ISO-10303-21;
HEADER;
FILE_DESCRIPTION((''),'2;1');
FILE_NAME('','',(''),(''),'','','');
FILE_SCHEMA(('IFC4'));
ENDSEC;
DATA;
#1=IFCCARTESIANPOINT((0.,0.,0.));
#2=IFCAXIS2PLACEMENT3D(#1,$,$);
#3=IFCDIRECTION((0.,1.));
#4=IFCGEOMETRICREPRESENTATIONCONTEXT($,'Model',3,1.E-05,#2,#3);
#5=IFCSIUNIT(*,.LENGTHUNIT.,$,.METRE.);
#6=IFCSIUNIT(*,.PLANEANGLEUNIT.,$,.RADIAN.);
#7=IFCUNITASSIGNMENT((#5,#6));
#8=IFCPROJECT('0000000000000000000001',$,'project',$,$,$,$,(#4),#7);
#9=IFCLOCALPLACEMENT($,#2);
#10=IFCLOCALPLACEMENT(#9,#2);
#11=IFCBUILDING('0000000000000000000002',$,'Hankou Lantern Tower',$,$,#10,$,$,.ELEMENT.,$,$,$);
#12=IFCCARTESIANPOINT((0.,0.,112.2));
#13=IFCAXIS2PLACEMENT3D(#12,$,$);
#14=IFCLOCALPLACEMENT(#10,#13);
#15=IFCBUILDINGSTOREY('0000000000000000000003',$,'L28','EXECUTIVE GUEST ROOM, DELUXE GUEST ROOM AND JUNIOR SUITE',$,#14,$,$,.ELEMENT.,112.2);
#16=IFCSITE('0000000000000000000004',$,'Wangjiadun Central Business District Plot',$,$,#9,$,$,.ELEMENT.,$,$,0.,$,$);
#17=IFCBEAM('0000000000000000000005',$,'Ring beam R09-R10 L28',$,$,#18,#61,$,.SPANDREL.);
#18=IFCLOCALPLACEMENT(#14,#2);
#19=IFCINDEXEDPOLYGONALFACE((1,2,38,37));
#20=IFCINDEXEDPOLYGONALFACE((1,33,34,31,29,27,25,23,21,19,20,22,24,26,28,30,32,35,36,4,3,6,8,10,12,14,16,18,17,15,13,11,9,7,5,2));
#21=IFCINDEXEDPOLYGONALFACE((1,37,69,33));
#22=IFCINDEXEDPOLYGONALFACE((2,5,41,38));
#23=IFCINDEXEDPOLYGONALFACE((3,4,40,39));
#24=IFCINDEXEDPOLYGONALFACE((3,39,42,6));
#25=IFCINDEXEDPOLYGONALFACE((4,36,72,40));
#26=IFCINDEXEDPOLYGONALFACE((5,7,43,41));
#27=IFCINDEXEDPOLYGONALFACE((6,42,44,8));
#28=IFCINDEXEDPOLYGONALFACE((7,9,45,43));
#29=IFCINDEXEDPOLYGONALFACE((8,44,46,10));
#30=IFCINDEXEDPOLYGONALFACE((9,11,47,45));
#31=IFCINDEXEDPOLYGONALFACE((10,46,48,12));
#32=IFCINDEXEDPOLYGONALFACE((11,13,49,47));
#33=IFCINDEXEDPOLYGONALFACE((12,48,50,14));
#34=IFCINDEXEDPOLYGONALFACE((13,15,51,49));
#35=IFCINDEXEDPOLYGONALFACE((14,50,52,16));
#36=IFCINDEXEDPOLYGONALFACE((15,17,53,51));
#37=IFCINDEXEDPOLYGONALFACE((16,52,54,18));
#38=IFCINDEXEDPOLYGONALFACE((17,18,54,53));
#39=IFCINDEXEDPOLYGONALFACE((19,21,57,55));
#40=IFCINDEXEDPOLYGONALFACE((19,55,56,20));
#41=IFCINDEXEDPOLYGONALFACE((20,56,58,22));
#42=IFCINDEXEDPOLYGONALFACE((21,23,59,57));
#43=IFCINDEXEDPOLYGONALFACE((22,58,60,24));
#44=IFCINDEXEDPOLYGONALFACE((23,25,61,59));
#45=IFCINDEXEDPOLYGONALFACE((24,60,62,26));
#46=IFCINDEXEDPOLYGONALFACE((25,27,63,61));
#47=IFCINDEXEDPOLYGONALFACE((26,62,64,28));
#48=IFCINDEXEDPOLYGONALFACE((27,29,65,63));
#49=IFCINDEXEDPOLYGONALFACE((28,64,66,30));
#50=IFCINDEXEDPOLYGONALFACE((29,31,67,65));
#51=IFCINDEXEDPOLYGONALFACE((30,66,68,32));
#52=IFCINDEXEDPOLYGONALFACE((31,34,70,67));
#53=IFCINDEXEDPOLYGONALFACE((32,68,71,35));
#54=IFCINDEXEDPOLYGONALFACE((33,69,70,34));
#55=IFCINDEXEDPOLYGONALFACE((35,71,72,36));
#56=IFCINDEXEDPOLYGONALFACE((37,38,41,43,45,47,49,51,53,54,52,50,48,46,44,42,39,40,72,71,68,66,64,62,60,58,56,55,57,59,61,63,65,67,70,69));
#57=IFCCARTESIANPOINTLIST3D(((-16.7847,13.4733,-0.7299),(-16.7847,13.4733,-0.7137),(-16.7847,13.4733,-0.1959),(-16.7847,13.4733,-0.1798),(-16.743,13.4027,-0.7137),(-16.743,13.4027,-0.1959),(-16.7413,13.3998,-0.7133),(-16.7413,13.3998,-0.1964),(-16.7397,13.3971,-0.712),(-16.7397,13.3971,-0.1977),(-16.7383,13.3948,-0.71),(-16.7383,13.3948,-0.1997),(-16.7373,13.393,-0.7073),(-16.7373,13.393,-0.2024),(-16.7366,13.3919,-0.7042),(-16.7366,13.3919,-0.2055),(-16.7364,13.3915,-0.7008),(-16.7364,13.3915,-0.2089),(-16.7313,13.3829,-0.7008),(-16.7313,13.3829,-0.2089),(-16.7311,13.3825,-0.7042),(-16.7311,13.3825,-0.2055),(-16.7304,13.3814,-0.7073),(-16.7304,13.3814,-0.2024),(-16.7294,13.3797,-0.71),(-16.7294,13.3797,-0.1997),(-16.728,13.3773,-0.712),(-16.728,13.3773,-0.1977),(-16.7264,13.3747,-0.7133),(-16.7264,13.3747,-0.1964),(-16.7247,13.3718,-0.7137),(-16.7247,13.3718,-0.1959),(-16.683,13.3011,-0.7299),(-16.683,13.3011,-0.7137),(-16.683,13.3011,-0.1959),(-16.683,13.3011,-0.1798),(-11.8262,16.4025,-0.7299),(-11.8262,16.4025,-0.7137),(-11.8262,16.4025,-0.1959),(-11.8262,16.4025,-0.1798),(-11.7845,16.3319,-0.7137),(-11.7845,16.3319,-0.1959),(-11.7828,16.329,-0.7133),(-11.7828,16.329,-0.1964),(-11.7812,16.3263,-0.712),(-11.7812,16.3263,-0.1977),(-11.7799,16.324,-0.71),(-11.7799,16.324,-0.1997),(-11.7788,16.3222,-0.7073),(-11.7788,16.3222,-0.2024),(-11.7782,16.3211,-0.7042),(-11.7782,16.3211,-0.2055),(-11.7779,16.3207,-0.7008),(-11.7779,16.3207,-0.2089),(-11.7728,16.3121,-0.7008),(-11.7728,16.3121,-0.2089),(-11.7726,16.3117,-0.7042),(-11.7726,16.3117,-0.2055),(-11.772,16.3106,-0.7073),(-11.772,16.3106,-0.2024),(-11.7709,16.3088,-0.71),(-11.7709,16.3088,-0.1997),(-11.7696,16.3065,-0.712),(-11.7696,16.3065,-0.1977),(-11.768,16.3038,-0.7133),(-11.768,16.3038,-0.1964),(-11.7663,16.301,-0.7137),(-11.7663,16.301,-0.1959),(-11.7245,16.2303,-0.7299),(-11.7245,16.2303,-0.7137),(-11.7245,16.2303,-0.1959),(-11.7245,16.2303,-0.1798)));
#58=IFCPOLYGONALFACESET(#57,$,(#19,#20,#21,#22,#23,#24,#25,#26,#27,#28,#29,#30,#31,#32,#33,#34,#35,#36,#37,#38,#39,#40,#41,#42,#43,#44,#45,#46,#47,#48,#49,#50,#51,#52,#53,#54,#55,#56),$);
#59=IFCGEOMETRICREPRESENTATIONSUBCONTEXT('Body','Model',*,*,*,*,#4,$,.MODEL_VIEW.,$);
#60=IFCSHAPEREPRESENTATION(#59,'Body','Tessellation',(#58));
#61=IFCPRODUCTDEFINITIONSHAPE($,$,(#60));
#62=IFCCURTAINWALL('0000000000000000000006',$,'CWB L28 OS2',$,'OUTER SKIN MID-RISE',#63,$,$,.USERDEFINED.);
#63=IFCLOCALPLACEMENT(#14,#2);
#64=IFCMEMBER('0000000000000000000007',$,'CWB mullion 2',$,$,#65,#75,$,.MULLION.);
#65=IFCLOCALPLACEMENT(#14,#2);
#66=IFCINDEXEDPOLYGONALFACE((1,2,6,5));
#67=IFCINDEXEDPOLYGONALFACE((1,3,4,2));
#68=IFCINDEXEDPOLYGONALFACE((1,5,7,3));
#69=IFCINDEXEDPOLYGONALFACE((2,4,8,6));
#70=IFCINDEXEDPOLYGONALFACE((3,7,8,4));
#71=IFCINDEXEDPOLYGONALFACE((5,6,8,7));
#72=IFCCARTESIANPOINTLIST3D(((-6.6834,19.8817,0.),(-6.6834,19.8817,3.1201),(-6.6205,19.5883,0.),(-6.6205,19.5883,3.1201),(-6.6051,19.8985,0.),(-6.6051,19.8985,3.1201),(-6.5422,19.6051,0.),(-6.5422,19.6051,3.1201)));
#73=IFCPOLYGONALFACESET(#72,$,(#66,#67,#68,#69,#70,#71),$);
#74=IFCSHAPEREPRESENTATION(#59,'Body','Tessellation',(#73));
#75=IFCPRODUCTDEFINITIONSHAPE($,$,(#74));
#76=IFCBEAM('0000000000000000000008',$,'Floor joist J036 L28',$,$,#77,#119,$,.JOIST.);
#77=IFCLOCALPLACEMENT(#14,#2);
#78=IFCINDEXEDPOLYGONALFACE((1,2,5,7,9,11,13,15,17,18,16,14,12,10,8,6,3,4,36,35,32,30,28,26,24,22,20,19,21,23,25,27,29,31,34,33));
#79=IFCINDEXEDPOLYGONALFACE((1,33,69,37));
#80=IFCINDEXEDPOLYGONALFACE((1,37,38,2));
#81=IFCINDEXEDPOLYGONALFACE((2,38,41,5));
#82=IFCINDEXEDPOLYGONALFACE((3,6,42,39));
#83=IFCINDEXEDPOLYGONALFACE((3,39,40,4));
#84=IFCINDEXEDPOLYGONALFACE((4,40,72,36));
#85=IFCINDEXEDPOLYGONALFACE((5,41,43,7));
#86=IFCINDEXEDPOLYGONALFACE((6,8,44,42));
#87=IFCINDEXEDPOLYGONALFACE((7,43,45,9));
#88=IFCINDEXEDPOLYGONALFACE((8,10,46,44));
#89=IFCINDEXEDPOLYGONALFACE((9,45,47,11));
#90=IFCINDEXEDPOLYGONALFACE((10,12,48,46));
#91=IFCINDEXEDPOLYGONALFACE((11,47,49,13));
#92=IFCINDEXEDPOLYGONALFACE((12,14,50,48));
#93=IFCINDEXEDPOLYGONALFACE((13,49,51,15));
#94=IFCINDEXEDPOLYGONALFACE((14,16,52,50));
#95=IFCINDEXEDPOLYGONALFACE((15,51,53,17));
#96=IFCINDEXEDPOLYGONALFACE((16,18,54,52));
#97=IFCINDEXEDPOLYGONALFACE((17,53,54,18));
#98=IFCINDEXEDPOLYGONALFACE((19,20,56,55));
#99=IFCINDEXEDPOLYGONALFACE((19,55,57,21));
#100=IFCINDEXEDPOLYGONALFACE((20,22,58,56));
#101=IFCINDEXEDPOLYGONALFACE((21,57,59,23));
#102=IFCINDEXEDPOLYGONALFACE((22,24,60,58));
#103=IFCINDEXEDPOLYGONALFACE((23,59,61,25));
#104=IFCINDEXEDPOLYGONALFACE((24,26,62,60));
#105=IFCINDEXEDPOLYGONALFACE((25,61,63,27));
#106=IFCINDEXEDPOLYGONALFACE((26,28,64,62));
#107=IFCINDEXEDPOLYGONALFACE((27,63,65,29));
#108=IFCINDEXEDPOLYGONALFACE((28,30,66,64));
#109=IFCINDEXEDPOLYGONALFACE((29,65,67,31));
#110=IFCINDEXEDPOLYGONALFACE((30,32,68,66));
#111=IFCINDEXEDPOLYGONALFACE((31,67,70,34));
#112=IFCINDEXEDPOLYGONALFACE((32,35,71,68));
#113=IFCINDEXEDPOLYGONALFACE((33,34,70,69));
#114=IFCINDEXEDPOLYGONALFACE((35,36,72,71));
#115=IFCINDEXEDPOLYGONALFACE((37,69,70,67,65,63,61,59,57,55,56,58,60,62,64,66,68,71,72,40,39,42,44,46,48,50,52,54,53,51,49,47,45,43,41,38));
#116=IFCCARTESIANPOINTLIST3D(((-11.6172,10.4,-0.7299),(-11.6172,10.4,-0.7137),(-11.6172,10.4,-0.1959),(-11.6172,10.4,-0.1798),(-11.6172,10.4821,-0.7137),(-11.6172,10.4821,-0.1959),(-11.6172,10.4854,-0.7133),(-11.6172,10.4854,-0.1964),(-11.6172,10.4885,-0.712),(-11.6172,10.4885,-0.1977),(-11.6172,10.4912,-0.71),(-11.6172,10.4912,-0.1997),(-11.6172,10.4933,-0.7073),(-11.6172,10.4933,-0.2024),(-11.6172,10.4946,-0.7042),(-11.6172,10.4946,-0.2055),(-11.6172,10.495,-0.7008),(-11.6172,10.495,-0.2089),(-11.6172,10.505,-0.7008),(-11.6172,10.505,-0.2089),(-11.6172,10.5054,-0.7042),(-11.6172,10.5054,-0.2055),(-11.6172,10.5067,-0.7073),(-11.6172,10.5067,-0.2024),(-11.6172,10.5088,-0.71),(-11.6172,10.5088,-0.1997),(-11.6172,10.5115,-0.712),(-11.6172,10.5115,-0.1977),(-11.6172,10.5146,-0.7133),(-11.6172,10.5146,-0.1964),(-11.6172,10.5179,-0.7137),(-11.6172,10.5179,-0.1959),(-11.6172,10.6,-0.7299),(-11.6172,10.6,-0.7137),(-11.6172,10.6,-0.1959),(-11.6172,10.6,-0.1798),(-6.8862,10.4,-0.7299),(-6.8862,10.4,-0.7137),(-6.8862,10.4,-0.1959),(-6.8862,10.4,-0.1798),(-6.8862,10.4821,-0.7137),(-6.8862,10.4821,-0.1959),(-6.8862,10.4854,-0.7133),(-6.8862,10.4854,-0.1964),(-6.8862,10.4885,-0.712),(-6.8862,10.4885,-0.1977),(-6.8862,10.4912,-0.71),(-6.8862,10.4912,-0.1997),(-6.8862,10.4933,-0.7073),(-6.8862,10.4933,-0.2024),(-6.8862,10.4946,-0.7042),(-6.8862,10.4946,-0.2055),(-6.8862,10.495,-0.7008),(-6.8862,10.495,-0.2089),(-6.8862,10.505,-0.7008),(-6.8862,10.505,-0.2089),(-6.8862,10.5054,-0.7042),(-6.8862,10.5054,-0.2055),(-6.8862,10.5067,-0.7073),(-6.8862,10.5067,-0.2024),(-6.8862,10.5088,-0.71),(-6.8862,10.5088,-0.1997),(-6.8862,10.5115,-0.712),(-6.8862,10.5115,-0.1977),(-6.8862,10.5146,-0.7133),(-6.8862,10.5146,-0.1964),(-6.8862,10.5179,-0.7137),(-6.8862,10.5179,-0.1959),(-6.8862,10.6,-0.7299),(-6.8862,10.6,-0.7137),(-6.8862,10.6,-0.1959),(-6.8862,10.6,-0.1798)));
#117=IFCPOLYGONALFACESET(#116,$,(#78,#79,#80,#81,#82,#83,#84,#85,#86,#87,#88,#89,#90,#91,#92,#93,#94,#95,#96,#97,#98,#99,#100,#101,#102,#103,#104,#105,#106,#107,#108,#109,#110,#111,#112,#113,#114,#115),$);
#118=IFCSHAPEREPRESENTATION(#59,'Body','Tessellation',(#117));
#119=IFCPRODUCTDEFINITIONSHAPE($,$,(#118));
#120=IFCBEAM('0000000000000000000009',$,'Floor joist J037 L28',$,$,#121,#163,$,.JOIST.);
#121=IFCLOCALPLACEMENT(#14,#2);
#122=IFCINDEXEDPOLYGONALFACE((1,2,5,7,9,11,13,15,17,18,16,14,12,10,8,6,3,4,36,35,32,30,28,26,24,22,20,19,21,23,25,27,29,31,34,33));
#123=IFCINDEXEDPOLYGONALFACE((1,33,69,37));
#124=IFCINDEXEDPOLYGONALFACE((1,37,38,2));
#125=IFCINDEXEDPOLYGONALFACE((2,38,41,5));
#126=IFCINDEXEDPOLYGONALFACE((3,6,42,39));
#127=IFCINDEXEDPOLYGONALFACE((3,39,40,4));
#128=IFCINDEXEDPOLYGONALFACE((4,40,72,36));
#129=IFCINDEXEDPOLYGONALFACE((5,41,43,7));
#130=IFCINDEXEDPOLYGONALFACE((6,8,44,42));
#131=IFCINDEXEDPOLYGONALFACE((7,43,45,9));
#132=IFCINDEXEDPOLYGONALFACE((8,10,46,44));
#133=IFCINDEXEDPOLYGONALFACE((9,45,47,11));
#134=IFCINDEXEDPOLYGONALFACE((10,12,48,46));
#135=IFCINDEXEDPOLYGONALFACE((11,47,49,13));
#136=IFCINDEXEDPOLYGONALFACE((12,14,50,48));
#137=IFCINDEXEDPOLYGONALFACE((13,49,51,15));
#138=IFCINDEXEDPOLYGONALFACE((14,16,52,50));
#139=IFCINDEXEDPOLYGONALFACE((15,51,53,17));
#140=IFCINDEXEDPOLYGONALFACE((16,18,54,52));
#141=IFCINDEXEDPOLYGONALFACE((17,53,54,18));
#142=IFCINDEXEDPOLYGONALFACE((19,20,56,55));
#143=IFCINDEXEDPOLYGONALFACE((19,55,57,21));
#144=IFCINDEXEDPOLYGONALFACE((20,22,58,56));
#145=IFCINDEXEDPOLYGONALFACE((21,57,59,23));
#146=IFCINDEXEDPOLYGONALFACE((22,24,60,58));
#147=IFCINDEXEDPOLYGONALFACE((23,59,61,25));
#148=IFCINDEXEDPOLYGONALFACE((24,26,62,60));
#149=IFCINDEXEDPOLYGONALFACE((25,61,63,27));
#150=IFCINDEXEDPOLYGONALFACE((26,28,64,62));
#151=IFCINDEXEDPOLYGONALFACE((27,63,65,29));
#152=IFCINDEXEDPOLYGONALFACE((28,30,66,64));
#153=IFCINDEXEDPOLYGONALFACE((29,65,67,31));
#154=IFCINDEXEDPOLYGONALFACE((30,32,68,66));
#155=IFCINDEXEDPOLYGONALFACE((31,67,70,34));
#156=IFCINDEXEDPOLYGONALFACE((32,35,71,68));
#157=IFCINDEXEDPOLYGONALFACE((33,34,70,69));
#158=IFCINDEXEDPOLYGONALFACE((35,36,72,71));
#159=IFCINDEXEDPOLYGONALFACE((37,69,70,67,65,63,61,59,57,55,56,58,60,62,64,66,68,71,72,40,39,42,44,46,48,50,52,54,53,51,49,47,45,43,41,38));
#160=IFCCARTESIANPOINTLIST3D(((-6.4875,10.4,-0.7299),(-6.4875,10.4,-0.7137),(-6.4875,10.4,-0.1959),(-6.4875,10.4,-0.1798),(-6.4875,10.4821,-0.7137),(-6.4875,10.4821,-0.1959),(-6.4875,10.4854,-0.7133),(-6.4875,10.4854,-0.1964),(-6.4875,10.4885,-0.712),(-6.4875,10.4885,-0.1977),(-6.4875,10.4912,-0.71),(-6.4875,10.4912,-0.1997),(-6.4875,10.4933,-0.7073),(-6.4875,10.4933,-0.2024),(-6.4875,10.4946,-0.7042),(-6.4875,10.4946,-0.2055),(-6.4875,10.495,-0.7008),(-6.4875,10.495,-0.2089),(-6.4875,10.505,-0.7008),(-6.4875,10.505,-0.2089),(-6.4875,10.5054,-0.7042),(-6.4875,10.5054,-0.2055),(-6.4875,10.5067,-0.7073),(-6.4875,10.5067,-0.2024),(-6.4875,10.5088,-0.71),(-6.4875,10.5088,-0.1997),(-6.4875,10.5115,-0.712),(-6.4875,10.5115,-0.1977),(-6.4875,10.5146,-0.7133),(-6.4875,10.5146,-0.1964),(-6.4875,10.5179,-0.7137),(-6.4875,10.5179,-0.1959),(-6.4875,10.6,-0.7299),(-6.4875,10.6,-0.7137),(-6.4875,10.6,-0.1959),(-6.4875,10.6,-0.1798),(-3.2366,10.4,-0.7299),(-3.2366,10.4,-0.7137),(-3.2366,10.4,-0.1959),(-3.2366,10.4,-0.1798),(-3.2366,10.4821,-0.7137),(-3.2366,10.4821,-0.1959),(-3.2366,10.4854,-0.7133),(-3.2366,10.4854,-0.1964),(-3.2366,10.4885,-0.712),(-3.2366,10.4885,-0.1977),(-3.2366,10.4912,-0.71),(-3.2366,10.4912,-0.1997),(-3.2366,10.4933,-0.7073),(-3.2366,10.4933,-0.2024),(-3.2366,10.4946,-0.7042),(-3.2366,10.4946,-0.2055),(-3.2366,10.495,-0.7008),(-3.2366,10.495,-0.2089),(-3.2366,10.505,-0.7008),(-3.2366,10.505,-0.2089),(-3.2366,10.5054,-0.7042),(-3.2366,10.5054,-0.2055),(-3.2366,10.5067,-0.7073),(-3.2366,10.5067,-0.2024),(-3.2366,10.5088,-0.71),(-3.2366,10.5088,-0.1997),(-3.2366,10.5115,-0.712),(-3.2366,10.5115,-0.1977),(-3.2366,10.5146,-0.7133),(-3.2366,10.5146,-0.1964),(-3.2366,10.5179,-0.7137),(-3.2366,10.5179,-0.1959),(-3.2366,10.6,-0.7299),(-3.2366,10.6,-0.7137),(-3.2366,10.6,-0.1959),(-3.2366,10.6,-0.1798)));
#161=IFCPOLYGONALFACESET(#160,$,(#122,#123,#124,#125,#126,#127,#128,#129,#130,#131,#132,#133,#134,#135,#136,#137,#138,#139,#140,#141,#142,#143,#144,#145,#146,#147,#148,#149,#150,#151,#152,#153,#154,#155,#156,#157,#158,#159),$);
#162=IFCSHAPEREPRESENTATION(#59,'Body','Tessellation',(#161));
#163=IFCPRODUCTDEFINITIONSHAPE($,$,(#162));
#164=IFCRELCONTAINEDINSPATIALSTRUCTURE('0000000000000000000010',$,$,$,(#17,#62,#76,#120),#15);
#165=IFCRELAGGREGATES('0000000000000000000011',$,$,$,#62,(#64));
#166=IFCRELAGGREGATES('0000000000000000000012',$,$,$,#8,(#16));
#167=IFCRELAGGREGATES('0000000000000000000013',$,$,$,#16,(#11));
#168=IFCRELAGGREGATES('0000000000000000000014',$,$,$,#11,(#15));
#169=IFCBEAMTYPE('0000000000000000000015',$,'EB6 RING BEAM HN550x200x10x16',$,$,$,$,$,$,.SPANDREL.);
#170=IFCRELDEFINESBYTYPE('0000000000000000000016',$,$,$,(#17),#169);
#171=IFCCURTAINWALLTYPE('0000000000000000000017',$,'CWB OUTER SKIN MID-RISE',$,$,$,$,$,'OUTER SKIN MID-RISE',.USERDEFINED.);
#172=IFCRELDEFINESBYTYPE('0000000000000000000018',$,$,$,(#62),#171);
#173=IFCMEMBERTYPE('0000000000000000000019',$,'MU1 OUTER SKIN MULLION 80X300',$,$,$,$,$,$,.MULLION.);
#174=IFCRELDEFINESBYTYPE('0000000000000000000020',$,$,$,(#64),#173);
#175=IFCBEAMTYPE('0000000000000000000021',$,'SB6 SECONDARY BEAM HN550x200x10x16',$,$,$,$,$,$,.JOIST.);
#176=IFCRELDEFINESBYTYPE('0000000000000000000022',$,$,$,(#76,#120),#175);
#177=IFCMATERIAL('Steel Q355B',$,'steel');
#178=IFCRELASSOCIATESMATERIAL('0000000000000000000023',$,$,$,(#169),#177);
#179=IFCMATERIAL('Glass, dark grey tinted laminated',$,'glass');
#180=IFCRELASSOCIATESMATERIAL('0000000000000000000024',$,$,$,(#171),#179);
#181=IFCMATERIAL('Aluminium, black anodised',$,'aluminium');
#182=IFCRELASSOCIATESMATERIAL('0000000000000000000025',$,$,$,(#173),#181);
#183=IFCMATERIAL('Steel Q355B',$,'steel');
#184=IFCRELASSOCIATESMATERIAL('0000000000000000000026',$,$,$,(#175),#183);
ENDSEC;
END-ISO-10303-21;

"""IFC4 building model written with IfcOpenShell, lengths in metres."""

from ifc_helpers import new_model, si_unit, direction, frame, origin, origin_2d, place, context, subcontext, project, spatial, rectangle, i_section, extrude, material, material_profile, profile_set, type_object, element, aggregate, save


model = new_model("IFC4")

# Units and contexts
model_context = context("Model", 3, precision=1e-05, world=origin(), true_north=direction((0.0, 1.0)))
body_context = subcontext(model_context, "Body", "Model", "MODEL_VIEW")
ifc_project = project(units=[si_unit("LENGTHUNIT", "METRE"), si_unit("PLANEANGLEUNIT", "RADIAN")], contexts=[model_context])

# Site, building, storey
site_placement = place(None, origin())
site = spatial("IfcSite", under=ifc_project, at=site_placement, Name="Wangjiadun Central Business District Plot", CompositionType="ELEMENT", RefElevation=0.0)
building_placement = place(site_placement, origin())
building = spatial("IfcBuilding", under=site, at=building_placement, Name="Hankou Lantern Tower", CompositionType="ELEMENT")
storey_placement = place(building_placement, frame((0.0, 0.0, 112.2)))
storey = spatial("IfcBuildingStorey", under=building, at=storey_placement, Name="L28", Description="EXECUTIVE GUEST ROOM, DELUXE GUEST ROOM AND JUNIOR SUITE", CompositionType="ELEMENT", Elevation=112.2)

# Beam
ifc_material_1 = material(Name="Steel Q355B", Category="steel")
ifc_material_profile_1 = material_profile(ifc_material_1, i_section(OverallWidth=0.2, OverallDepth=0.55, WebThickness=0.01, FlangeThickness=0.0161, FilletRadius=0.0129, at=origin_2d()), Name="HN550x200x10x16")
ifc_profile_set_1 = profile_set([ifc_material_profile_1], Name="Steel Q355B")
beam_type_1 = type_object("IfcBeamType", Name="EB6 RING BEAM HN550x200x10x16", PredefinedType="SPANDREL", material=ifc_profile_set_1)
beam_1_placement = place(storey_placement, frame((-11.7754, 16.3164, -0.4548), z_axis=(-0.860989, -0.508624, 0.0), x_axis=(0.508624, -0.860989, 0.0)))
element("IfcBeam", 1, at=beam_1_placement, inside=storey, type_object=beam_type_1, Name="Ring beam R09-R10 L28", PredefinedType="SPANDREL", context=body_context, shape_type="SweptSolid", body=[
    extrude(i_section(OverallWidth=0.2, OverallDepth=0.55, WebThickness=0.01, FlangeThickness=0.0161, FilletRadius=0.0129, at=origin_2d()), origin(), (0.0, 0.0, 1.0), 5.759),
])

# Curtain wall, member
ifc_material_2 = material(Name="Glass, dark grey tinted laminated", Category="glass")
curtain_wall_type = type_object("IfcCurtainWallType", Name="CWB OUTER SKIN MID-RISE", ElementType="OUTER SKIN MID-RISE", PredefinedType="USERDEFINED", material=ifc_material_2)
curtain_wall_placement = place(storey_placement, origin())
curtain_wall = element("IfcCurtainWall", 2, at=curtain_wall_placement, inside=storey, type_object=curtain_wall_type, Name="CWB L28 OS2", ObjectType="OUTER SKIN MID-RISE", PredefinedType="USERDEFINED")
ifc_material_3 = material(Name="Aluminium, black anodised", Category="aluminium")
ifc_material_profile_2 = material_profile(ifc_material_3, rectangle(XDim=0.0801, YDim=0.3, at=origin_2d()), Name="MU1 80X300")
ifc_profile_set_2 = profile_set([ifc_material_profile_2], Name="Aluminium, black anodised")
member_type_1 = type_object("IfcMemberType", Name="MU1 OUTER SKIN MULLION 80X300", PredefinedType="MULLION", material=ifc_profile_set_2)
member_1_placement = place(storey_placement, frame((-6.6128, 19.7434, 0.0), z_axis=(0.0, 0.0, 1.0), x_axis=(-0.977788, -0.209598, 0.0)))
member_1 = element("IfcMember", 3, at=member_1_placement, type_object=member_type_1, Name="CWB mullion 2", PredefinedType="MULLION", context=body_context, shape_type="SweptSolid", body=[
    extrude(rectangle(XDim=0.0801, YDim=0.3, at=origin_2d()), origin(), (0.0, 0.0, 1.0), 3.1201),
])

# Beams
ifc_material_4 = material(Name="Steel Q355B", Category="steel")
ifc_material_profile_3 = material_profile(ifc_material_4, i_section(OverallWidth=0.2, OverallDepth=0.55, WebThickness=0.01, FlangeThickness=0.0161, FilletRadius=0.0129, at=origin_2d()), Name="HN550x200x10x16")
ifc_profile_set_3 = profile_set([ifc_material_profile_3], Name="Steel Q355B")
beam_type_2 = type_object("IfcBeamType", Name="SB6 SECONDARY BEAM HN550x200x10x16", PredefinedType="JOIST", material=ifc_profile_set_3)
beam_2_placement = place(storey_placement, frame((-11.6172, 10.5, -0.4548), z_axis=(1.0, 0.0, 0.0), x_axis=(0.0, 1.0, 0.0)))
element("IfcBeam", 4, at=beam_2_placement, inside=storey, type_object=beam_type_2, Name="Floor joist J036 L28", PredefinedType="JOIST", context=body_context, shape_type="SweptSolid", body=[
    extrude(i_section(OverallWidth=0.2, OverallDepth=0.55, WebThickness=0.01, FlangeThickness=0.0161, FilletRadius=0.0129, at=origin_2d()), origin(), (0.0, 0.0, 1.0), 4.731),
])
beam_3_placement = place(storey_placement, frame((-6.4875, 10.5, -0.4548), z_axis=(1.0, 0.0, 0.0), x_axis=(0.0, 1.0, 0.0)))
element("IfcBeam", 5, at=beam_3_placement, inside=storey, type_object=beam_type_2, Name="Floor joist J037 L28", PredefinedType="JOIST", context=body_context, shape_type="SweptSolid", body=[
    extrude(i_section(OverallWidth=0.2, OverallDepth=0.55, WebThickness=0.01, FlangeThickness=0.0161, FilletRadius=0.0129, at=origin_2d()), origin(), (0.0, 0.0, 1.0), 3.251),
])

aggregate(curtain_wall, [member_1])

save(model, "model.ifc")
